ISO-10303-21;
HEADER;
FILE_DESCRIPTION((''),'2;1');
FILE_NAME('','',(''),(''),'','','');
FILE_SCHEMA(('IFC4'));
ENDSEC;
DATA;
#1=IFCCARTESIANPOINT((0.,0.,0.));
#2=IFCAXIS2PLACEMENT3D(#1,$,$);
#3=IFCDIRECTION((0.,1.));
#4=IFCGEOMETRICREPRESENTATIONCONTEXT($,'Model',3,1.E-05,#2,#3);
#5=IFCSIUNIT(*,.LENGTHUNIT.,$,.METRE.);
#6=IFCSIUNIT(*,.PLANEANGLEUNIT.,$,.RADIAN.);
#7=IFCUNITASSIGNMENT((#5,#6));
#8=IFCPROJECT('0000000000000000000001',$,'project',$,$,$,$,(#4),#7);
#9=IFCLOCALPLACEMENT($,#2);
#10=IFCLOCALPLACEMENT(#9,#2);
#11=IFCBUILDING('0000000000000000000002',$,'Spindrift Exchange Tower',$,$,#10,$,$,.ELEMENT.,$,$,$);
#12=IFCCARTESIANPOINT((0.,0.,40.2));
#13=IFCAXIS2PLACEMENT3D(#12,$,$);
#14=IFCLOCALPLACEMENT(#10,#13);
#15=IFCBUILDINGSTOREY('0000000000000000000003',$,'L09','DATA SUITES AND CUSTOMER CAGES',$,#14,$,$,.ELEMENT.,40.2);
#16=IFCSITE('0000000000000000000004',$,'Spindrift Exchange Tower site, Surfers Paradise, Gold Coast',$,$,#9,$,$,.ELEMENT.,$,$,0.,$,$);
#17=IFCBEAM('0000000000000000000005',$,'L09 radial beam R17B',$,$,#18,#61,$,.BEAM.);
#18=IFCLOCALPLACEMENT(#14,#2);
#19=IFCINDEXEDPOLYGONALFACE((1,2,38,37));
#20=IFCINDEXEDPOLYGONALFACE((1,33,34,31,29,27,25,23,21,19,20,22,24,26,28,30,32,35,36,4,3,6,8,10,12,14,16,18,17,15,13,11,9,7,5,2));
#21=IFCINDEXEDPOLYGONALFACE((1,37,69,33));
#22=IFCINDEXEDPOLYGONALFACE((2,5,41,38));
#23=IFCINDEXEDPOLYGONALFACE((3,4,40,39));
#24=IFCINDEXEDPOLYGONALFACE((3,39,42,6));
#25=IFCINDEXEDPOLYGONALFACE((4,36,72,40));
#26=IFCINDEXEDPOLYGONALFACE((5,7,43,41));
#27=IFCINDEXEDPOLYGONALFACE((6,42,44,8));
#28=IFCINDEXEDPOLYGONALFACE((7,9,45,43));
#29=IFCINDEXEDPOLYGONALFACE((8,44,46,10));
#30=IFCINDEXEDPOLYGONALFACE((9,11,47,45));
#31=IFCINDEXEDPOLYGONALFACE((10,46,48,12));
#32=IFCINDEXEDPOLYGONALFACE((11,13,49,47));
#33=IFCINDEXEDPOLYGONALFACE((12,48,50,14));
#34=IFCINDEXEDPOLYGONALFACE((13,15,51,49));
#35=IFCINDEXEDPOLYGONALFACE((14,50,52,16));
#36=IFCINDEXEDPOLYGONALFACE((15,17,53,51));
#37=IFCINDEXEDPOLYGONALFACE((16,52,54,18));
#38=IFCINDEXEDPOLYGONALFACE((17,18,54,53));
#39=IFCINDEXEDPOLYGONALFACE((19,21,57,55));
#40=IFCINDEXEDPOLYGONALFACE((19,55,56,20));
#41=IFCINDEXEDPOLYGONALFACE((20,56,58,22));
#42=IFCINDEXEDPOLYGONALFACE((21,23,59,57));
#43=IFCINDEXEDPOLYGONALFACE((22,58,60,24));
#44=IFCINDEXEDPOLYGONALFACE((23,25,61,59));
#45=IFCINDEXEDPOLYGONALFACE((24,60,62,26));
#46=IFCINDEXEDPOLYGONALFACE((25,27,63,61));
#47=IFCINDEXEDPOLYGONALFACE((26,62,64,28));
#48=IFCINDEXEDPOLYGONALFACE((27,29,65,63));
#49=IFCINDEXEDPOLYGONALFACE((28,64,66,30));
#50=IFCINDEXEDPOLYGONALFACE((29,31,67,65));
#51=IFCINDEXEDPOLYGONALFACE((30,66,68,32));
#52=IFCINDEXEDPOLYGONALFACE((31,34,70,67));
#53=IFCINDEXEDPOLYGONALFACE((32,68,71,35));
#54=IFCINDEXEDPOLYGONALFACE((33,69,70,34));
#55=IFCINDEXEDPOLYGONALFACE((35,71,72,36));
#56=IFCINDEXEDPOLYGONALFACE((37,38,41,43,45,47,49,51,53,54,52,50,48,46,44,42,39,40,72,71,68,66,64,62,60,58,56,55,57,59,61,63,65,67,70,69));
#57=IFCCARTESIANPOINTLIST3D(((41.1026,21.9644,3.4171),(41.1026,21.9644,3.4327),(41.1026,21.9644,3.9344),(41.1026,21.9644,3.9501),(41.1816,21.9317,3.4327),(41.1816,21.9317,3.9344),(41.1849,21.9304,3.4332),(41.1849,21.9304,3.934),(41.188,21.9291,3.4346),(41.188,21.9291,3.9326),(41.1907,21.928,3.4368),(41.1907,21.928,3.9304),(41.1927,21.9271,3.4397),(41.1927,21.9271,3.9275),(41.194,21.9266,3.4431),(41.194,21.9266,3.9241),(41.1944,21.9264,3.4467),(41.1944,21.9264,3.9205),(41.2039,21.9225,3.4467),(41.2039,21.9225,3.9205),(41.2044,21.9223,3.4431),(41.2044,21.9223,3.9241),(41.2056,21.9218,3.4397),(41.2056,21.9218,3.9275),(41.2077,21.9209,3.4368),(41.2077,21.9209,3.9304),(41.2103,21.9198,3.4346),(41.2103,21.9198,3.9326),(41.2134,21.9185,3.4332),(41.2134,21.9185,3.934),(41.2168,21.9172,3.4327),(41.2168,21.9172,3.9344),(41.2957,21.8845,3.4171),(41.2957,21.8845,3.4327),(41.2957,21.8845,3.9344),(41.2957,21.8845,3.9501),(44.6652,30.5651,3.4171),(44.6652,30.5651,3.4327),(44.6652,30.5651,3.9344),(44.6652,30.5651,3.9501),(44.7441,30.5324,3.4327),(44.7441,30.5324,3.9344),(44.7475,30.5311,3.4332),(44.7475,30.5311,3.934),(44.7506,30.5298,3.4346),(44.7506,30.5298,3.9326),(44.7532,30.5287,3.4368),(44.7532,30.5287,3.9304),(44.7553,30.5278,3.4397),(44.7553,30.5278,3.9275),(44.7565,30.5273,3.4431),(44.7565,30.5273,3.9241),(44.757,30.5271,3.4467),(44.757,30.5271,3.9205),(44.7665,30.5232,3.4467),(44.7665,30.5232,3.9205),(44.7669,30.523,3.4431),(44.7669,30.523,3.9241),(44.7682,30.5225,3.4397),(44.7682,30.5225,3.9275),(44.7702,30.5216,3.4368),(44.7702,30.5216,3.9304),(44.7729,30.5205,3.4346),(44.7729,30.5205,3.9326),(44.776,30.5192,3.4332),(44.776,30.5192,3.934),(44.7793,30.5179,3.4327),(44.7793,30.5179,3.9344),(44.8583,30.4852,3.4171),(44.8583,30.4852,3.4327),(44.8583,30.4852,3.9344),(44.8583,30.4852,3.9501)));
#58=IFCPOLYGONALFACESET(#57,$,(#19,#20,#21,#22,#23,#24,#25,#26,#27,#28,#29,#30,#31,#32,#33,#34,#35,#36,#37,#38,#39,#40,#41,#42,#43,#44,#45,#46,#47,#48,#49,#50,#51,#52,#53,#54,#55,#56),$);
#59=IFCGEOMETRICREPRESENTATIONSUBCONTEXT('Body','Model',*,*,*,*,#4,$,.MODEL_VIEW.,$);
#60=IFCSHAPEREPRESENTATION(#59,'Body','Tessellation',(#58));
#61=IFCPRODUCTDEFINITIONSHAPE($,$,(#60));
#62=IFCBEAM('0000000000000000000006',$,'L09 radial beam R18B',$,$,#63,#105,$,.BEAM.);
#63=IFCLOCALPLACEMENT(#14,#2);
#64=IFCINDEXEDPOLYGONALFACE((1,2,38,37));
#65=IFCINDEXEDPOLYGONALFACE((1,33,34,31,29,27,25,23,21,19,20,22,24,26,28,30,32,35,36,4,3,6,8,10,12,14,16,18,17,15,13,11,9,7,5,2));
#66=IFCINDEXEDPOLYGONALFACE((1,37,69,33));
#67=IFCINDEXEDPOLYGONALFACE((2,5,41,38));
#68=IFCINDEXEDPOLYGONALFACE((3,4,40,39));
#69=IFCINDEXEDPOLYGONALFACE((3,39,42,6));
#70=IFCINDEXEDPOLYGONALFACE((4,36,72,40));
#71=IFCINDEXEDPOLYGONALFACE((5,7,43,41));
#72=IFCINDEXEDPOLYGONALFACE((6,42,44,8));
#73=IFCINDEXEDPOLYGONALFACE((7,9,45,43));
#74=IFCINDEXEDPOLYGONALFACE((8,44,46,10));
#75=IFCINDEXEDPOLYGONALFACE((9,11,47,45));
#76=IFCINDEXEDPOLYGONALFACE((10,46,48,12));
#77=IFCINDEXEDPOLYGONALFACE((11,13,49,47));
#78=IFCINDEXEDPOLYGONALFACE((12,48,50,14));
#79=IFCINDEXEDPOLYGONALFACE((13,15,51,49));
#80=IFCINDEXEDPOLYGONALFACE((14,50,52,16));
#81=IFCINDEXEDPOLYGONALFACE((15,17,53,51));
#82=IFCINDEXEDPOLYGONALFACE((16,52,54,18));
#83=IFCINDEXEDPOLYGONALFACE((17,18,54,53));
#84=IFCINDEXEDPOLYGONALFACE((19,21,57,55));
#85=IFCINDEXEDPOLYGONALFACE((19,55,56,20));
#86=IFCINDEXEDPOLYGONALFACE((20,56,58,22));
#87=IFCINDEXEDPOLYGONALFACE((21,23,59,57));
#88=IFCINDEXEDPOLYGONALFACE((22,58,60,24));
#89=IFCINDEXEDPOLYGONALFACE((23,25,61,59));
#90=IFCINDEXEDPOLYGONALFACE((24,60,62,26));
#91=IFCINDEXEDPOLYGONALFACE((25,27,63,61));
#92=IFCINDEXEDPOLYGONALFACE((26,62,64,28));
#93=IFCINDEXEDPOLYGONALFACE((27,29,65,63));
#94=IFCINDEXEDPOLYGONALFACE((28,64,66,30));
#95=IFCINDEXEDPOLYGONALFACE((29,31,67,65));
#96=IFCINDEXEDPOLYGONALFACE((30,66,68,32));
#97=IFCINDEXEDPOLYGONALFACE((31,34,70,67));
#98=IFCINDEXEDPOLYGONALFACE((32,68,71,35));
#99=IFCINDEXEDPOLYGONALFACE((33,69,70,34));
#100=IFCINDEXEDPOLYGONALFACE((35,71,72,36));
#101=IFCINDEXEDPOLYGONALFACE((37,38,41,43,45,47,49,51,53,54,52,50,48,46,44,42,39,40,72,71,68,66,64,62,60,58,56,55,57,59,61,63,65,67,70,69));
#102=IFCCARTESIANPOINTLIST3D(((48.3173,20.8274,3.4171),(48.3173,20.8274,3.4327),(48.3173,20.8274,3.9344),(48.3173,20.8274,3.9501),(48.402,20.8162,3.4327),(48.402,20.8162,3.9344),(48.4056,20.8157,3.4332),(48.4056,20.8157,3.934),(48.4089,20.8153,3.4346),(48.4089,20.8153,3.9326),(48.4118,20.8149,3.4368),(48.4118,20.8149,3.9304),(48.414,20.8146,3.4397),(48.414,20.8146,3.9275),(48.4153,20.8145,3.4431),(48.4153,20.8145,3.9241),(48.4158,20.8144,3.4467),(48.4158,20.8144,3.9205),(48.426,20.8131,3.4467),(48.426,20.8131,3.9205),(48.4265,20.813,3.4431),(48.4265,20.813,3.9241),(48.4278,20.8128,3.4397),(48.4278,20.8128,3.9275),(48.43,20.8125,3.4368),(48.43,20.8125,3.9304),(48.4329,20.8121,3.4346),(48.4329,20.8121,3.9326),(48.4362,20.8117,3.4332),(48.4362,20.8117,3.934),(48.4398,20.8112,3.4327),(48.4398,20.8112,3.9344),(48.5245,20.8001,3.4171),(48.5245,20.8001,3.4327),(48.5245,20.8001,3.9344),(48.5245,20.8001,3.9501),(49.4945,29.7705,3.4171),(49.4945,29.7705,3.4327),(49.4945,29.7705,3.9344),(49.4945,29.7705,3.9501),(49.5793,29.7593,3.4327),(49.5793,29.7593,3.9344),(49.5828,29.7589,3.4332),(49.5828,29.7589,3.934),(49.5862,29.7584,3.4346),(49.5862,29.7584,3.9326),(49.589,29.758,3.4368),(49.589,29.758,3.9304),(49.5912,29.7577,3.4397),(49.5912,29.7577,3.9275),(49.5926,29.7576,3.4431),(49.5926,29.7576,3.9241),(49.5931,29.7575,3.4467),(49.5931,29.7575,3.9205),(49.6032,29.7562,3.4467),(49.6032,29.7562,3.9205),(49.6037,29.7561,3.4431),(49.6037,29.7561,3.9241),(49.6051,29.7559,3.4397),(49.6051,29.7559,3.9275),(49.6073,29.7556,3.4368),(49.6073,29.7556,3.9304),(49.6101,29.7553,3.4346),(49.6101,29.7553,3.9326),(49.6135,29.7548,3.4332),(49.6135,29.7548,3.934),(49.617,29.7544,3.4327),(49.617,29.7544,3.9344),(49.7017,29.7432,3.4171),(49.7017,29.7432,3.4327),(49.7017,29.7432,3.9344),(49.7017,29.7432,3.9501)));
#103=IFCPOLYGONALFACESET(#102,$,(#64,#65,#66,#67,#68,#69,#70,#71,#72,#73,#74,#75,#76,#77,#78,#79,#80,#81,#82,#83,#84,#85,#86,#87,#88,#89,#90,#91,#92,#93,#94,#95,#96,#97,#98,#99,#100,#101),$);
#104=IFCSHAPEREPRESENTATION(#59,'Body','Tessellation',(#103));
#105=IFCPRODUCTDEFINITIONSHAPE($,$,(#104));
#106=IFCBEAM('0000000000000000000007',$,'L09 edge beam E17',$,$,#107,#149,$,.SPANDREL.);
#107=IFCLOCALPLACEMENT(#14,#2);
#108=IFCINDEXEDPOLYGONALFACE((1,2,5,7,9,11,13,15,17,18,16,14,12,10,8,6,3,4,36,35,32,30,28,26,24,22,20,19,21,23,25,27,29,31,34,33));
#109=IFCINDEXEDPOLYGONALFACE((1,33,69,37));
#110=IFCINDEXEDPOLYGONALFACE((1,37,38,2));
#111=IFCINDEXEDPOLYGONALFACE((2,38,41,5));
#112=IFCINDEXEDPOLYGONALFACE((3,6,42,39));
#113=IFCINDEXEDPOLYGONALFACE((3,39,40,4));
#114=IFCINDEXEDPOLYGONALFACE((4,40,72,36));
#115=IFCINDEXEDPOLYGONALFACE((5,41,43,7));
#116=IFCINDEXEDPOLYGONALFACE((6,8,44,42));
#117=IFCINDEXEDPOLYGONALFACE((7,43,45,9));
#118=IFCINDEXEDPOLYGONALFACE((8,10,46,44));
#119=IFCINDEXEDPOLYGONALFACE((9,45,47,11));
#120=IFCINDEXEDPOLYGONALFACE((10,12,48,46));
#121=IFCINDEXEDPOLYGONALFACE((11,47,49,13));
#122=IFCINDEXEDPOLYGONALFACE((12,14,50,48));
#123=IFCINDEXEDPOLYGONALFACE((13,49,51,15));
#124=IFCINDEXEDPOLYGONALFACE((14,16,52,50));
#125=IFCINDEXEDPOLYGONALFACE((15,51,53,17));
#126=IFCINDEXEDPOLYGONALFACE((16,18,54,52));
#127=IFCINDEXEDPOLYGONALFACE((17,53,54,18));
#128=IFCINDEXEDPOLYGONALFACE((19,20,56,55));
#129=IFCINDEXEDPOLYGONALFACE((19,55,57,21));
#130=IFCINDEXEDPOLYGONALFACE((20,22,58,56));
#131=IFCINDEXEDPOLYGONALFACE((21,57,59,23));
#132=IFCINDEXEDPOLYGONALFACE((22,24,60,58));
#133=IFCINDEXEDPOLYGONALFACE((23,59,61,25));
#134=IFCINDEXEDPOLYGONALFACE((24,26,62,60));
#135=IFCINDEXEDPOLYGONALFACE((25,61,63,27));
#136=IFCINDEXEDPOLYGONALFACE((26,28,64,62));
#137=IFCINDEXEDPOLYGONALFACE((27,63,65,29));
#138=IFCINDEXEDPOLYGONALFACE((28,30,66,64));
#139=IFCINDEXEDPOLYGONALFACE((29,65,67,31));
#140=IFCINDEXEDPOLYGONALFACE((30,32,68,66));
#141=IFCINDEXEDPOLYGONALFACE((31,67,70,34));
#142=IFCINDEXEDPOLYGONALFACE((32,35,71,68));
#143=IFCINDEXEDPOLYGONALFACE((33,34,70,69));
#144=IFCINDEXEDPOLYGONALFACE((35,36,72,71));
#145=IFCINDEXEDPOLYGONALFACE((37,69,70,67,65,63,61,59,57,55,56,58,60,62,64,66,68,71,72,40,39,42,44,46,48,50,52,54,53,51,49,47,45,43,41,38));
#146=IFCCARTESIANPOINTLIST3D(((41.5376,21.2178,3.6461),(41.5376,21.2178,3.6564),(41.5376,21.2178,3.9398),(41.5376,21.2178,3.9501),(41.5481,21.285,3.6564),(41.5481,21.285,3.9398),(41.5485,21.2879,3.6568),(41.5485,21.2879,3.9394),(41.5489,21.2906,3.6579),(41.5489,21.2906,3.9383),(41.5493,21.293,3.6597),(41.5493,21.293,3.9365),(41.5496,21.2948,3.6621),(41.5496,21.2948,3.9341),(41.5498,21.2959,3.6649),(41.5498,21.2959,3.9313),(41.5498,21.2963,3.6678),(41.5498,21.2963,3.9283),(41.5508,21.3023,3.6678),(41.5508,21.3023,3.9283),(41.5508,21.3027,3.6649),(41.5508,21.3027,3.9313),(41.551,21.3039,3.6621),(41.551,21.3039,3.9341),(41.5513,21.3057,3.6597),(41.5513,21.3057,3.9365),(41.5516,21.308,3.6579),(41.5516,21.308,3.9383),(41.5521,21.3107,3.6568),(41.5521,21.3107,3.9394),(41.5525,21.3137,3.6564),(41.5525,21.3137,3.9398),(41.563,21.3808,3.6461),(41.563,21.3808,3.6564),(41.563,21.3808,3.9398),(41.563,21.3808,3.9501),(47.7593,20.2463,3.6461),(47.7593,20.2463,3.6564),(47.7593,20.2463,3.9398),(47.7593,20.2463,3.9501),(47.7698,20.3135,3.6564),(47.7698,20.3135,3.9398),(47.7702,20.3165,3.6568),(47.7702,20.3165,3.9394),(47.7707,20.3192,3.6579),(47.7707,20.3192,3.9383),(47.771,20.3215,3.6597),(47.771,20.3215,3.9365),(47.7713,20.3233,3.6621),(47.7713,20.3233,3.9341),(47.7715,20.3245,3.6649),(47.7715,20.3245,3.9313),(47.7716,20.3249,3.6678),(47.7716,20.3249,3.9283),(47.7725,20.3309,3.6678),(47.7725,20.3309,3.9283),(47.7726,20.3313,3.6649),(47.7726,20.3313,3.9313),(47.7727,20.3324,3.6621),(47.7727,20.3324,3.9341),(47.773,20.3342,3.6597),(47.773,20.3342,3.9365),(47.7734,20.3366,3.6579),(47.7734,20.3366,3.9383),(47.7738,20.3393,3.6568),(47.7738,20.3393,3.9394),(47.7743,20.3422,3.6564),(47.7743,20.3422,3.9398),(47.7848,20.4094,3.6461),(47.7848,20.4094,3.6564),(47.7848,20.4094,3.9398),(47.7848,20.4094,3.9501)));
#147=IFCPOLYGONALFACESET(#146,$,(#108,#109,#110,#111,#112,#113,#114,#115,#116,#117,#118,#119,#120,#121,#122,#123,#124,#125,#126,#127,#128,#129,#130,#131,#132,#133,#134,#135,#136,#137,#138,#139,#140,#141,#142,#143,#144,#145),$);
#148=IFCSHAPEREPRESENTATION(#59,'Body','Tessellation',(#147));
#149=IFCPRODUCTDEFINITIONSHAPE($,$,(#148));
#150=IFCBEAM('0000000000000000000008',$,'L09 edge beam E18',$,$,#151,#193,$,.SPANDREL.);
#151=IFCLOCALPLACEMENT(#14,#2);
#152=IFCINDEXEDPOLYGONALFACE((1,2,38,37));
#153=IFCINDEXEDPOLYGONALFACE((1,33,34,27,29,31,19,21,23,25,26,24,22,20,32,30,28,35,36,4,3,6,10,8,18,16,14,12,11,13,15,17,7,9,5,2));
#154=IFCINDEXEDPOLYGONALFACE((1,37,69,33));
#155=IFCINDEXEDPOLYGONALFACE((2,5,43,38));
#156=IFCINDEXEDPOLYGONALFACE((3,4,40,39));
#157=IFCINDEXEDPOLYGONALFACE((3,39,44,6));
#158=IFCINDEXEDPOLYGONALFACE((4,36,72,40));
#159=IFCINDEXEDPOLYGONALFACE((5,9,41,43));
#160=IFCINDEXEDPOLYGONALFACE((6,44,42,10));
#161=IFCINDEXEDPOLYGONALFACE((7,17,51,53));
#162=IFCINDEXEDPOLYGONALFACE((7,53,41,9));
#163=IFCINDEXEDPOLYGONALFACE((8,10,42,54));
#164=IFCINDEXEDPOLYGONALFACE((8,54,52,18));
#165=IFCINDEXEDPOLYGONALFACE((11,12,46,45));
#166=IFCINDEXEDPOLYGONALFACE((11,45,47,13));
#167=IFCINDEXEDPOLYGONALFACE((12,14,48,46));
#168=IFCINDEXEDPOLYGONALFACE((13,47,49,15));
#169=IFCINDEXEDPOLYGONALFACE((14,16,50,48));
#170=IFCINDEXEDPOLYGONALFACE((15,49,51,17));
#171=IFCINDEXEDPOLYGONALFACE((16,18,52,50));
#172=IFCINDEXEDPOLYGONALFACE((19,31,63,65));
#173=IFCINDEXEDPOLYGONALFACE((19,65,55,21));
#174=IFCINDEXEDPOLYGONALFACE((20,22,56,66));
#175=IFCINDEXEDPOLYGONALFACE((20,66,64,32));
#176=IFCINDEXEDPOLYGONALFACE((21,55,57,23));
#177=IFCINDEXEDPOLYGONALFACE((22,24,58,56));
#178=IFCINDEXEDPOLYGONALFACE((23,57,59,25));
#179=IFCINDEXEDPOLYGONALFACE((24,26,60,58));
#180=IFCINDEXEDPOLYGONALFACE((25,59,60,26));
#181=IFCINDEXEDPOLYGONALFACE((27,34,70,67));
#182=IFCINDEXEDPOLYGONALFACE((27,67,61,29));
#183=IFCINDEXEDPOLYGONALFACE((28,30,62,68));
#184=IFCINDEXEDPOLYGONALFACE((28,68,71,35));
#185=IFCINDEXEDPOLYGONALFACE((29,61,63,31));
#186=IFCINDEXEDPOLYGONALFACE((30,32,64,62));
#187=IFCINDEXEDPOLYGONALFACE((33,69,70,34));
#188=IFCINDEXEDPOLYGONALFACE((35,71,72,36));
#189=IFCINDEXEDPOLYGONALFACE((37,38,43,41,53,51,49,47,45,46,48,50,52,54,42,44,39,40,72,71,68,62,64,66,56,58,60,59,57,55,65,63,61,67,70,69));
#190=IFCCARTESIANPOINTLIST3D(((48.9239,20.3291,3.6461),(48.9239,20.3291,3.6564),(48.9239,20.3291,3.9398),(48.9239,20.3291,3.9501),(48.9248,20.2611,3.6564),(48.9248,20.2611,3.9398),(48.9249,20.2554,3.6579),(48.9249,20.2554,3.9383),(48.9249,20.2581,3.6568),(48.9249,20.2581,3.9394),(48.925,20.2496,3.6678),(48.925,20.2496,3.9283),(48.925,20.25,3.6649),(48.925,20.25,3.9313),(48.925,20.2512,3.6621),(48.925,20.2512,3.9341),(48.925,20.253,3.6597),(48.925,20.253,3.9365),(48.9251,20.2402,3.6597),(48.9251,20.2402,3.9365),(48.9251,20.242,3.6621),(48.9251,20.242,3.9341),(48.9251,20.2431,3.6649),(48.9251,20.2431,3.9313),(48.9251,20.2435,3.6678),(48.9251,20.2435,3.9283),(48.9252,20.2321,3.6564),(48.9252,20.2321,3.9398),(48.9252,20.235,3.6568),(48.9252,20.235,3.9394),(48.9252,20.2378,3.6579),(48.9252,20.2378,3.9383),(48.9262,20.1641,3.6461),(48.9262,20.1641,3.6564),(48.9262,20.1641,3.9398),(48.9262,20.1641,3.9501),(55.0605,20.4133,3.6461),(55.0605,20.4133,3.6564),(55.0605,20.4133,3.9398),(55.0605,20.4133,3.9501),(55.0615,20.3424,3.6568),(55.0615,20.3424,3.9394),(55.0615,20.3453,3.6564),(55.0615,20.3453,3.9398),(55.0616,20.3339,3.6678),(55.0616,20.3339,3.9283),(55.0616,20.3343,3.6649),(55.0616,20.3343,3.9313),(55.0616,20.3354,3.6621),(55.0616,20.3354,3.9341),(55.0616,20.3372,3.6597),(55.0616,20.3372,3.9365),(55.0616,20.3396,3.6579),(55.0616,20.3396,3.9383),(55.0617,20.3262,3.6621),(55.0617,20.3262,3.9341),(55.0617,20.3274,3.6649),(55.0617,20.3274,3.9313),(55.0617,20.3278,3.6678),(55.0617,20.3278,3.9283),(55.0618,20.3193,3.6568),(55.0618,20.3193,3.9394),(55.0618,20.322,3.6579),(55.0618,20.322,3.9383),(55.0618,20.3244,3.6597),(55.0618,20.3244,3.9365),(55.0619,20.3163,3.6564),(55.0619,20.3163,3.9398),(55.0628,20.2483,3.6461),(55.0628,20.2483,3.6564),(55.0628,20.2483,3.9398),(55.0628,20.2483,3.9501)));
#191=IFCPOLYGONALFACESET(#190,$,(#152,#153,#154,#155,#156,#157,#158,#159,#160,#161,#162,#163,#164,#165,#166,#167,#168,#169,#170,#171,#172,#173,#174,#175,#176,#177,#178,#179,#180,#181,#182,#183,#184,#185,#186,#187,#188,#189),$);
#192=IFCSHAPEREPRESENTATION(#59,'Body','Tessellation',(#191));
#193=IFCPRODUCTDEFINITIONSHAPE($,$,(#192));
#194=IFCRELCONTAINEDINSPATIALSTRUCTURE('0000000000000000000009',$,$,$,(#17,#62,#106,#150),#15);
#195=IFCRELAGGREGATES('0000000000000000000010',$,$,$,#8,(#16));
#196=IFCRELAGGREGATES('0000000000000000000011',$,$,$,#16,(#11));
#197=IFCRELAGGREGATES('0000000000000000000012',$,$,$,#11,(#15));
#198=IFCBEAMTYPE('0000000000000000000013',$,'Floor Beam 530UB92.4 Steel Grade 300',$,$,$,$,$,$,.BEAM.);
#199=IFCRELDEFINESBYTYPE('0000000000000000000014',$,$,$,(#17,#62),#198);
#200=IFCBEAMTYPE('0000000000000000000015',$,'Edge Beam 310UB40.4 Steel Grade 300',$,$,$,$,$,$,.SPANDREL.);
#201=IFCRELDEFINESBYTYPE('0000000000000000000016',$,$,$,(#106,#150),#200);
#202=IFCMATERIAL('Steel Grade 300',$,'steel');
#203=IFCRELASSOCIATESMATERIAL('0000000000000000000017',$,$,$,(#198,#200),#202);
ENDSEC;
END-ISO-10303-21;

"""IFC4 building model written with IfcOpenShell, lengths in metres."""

from ifc_helpers import new_model, si_unit, direction, frame, origin, origin_2d, place, context, subcontext, project, spatial, i_section, extrude, source, transform, mapped, material, material_profile, profile_set, type_object, element, save


model = new_model("IFC4")

# Units and contexts
model_context = context("Model", 3, precision=1e-05, world=origin(), true_north=direction((0.0, 1.0)))
body_context = subcontext(model_context, "Body", "Model", "MODEL_VIEW")
ifc_project = project(units=[si_unit("LENGTHUNIT", "METRE"), si_unit("PLANEANGLEUNIT", "RADIAN")], contexts=[model_context])

# Site, building, storey
site_placement = place(None, origin())
site = spatial("IfcSite", under=ifc_project, at=site_placement, Name="Spindrift Exchange Tower site, Surfers Paradise, Gold Coast", CompositionType="ELEMENT", RefElevation=0.0)
building_placement = place(site_placement, origin())
building = spatial("IfcBuilding", under=site, at=building_placement, Name="Spindrift Exchange Tower", CompositionType="ELEMENT")
storey_placement = place(building_placement, frame((0.0, 0.0, 40.2)))
storey = spatial("IfcBuildingStorey", under=building, at=storey_placement, Name="L09", Description="DATA SUITES AND CUSTOMER CAGES", CompositionType="ELEMENT", Elevation=40.2)

# Beams
ifc_material_1 = material(Name="Steel Grade 300", Category="steel")
ifc_material_profile_1 = material_profile(ifc_material_1, i_section(OverallWidth=0.209, OverallDepth=0.533, WebThickness=0.0103, FlangeThickness=0.0156, FilletRadius=0.0139, at=origin_2d()), Name="530UB92.4")
ifc_profile_set_1 = profile_set([ifc_material_profile_1], Name="Steel Grade 300")
beam_type_1 = type_object("IfcBeamType", Name="Floor Beam 530UB92.4 Steel Grade 300", PredefinedType="BEAM", material=ifc_profile_set_1)
shared_shape_1 = source(origin(), body_context, "Body", "SweptSolid", [
    extrude(i_section(OverallWidth=0.209, OverallDepth=0.533, WebThickness=0.0103, FlangeThickness=0.0156, FilletRadius=0.0139, at=origin_2d()), origin(), (0.0, 0.0, 1.0), 9.3093),
])
beam_1_placement = place(storey_placement, frame((44.7617, 30.5251, 3.6836), z_axis=(-0.382685, -0.923879, 0.0), x_axis=(0.923879, -0.382685, 0.0)))
element("IfcBeam", 1, at=beam_1_placement, inside=storey, type_object=beam_type_1, Name="L09 radial beam R17B", PredefinedType="BEAM", context=body_context, shape_type="MappedRepresentation", body=[
    mapped(shared_shape_1, transform((0.0, 0.0, 0.0), scale=1.0)),
])
shared_shape_2 = source(origin(), body_context, "Body", "SweptSolid", [
    extrude(i_section(OverallWidth=0.209, OverallDepth=0.533, WebThickness=0.0103, FlangeThickness=0.0156, FilletRadius=0.0139, at=origin_2d()), origin(), (0.0, 0.0, 1.0), 9.0203),
])
beam_2_placement = place(storey_placement, frame((49.5981, 29.7568, 3.6836), z_axis=(-0.130511, -0.991447, 0.0), x_axis=(0.991447, -0.130511, 0.0)))
element("IfcBeam", 2, at=beam_2_placement, inside=storey, type_object=beam_type_1, Name="L09 radial beam R18B", PredefinedType="BEAM", context=body_context, shape_type="MappedRepresentation", body=[
    mapped(shared_shape_2, transform((0.0, 0.0, 0.0), scale=1.0)),
])
ifc_material_profile_2 = material_profile(ifc_material_1, i_section(OverallWidth=0.165, OverallDepth=0.304, WebThickness=0.0061, FlangeThickness=0.0103, FilletRadius=0.0115, at=origin_2d()), Name="310UB40.4")
ifc_profile_set_2 = profile_set([ifc_material_profile_2], Name="Steel Grade 300")
beam_type_2 = type_object("IfcBeamType", Name="Edge Beam 310UB40.4 Steel Grade 300", PredefinedType="SPANDREL", material=ifc_profile_set_2)
shared_shape_3 = source(origin(), body_context, "Body", "SweptSolid", [
    extrude(i_section(OverallWidth=0.165, OverallDepth=0.304, WebThickness=0.0061, FlangeThickness=0.0103, FilletRadius=0.0115, at=origin_2d()), origin(), (0.0, 0.0, 1.0), 6.2971),
])
beam_3_placement = place(storey_placement, frame((41.5503, 21.2993, 3.7981), z_axis=(0.988029, -0.154268, 0.0), x_axis=(0.154268, 0.988029, 0.0)))
element("IfcBeam", 3, at=beam_3_placement, inside=storey, type_object=beam_type_2, Name="L09 edge beam E17", PredefinedType="SPANDREL", context=body_context, shape_type="MappedRepresentation", body=[
    mapped(shared_shape_3, transform((0.0, 0.0, 0.0), scale=1.0)),
])
shared_shape_4 = source(origin(), body_context, "Body", "SweptSolid", [
    extrude(i_section(OverallWidth=0.165, OverallDepth=0.304, WebThickness=0.0061, FlangeThickness=0.0103, FilletRadius=0.0115, at=origin_2d()), origin(), (0.0, 0.0, 1.0), 6.1372),
])
beam_4_placement = place(storey_placement, frame((48.925, 20.2466, 3.7981), z_axis=(0.999906, 0.013724, 0.0), x_axis=(-0.013724, 0.999906, 0.0)))
element("IfcBeam", 4, at=beam_4_placement, inside=storey, type_object=beam_type_2, Name="L09 edge beam E18", PredefinedType="SPANDREL", context=body_context, shape_type="MappedRepresentation", body=[
    mapped(shared_shape_4, transform((0.0, 0.0, 0.0), scale=1.0)),
])

save(model, "model.ifc")
